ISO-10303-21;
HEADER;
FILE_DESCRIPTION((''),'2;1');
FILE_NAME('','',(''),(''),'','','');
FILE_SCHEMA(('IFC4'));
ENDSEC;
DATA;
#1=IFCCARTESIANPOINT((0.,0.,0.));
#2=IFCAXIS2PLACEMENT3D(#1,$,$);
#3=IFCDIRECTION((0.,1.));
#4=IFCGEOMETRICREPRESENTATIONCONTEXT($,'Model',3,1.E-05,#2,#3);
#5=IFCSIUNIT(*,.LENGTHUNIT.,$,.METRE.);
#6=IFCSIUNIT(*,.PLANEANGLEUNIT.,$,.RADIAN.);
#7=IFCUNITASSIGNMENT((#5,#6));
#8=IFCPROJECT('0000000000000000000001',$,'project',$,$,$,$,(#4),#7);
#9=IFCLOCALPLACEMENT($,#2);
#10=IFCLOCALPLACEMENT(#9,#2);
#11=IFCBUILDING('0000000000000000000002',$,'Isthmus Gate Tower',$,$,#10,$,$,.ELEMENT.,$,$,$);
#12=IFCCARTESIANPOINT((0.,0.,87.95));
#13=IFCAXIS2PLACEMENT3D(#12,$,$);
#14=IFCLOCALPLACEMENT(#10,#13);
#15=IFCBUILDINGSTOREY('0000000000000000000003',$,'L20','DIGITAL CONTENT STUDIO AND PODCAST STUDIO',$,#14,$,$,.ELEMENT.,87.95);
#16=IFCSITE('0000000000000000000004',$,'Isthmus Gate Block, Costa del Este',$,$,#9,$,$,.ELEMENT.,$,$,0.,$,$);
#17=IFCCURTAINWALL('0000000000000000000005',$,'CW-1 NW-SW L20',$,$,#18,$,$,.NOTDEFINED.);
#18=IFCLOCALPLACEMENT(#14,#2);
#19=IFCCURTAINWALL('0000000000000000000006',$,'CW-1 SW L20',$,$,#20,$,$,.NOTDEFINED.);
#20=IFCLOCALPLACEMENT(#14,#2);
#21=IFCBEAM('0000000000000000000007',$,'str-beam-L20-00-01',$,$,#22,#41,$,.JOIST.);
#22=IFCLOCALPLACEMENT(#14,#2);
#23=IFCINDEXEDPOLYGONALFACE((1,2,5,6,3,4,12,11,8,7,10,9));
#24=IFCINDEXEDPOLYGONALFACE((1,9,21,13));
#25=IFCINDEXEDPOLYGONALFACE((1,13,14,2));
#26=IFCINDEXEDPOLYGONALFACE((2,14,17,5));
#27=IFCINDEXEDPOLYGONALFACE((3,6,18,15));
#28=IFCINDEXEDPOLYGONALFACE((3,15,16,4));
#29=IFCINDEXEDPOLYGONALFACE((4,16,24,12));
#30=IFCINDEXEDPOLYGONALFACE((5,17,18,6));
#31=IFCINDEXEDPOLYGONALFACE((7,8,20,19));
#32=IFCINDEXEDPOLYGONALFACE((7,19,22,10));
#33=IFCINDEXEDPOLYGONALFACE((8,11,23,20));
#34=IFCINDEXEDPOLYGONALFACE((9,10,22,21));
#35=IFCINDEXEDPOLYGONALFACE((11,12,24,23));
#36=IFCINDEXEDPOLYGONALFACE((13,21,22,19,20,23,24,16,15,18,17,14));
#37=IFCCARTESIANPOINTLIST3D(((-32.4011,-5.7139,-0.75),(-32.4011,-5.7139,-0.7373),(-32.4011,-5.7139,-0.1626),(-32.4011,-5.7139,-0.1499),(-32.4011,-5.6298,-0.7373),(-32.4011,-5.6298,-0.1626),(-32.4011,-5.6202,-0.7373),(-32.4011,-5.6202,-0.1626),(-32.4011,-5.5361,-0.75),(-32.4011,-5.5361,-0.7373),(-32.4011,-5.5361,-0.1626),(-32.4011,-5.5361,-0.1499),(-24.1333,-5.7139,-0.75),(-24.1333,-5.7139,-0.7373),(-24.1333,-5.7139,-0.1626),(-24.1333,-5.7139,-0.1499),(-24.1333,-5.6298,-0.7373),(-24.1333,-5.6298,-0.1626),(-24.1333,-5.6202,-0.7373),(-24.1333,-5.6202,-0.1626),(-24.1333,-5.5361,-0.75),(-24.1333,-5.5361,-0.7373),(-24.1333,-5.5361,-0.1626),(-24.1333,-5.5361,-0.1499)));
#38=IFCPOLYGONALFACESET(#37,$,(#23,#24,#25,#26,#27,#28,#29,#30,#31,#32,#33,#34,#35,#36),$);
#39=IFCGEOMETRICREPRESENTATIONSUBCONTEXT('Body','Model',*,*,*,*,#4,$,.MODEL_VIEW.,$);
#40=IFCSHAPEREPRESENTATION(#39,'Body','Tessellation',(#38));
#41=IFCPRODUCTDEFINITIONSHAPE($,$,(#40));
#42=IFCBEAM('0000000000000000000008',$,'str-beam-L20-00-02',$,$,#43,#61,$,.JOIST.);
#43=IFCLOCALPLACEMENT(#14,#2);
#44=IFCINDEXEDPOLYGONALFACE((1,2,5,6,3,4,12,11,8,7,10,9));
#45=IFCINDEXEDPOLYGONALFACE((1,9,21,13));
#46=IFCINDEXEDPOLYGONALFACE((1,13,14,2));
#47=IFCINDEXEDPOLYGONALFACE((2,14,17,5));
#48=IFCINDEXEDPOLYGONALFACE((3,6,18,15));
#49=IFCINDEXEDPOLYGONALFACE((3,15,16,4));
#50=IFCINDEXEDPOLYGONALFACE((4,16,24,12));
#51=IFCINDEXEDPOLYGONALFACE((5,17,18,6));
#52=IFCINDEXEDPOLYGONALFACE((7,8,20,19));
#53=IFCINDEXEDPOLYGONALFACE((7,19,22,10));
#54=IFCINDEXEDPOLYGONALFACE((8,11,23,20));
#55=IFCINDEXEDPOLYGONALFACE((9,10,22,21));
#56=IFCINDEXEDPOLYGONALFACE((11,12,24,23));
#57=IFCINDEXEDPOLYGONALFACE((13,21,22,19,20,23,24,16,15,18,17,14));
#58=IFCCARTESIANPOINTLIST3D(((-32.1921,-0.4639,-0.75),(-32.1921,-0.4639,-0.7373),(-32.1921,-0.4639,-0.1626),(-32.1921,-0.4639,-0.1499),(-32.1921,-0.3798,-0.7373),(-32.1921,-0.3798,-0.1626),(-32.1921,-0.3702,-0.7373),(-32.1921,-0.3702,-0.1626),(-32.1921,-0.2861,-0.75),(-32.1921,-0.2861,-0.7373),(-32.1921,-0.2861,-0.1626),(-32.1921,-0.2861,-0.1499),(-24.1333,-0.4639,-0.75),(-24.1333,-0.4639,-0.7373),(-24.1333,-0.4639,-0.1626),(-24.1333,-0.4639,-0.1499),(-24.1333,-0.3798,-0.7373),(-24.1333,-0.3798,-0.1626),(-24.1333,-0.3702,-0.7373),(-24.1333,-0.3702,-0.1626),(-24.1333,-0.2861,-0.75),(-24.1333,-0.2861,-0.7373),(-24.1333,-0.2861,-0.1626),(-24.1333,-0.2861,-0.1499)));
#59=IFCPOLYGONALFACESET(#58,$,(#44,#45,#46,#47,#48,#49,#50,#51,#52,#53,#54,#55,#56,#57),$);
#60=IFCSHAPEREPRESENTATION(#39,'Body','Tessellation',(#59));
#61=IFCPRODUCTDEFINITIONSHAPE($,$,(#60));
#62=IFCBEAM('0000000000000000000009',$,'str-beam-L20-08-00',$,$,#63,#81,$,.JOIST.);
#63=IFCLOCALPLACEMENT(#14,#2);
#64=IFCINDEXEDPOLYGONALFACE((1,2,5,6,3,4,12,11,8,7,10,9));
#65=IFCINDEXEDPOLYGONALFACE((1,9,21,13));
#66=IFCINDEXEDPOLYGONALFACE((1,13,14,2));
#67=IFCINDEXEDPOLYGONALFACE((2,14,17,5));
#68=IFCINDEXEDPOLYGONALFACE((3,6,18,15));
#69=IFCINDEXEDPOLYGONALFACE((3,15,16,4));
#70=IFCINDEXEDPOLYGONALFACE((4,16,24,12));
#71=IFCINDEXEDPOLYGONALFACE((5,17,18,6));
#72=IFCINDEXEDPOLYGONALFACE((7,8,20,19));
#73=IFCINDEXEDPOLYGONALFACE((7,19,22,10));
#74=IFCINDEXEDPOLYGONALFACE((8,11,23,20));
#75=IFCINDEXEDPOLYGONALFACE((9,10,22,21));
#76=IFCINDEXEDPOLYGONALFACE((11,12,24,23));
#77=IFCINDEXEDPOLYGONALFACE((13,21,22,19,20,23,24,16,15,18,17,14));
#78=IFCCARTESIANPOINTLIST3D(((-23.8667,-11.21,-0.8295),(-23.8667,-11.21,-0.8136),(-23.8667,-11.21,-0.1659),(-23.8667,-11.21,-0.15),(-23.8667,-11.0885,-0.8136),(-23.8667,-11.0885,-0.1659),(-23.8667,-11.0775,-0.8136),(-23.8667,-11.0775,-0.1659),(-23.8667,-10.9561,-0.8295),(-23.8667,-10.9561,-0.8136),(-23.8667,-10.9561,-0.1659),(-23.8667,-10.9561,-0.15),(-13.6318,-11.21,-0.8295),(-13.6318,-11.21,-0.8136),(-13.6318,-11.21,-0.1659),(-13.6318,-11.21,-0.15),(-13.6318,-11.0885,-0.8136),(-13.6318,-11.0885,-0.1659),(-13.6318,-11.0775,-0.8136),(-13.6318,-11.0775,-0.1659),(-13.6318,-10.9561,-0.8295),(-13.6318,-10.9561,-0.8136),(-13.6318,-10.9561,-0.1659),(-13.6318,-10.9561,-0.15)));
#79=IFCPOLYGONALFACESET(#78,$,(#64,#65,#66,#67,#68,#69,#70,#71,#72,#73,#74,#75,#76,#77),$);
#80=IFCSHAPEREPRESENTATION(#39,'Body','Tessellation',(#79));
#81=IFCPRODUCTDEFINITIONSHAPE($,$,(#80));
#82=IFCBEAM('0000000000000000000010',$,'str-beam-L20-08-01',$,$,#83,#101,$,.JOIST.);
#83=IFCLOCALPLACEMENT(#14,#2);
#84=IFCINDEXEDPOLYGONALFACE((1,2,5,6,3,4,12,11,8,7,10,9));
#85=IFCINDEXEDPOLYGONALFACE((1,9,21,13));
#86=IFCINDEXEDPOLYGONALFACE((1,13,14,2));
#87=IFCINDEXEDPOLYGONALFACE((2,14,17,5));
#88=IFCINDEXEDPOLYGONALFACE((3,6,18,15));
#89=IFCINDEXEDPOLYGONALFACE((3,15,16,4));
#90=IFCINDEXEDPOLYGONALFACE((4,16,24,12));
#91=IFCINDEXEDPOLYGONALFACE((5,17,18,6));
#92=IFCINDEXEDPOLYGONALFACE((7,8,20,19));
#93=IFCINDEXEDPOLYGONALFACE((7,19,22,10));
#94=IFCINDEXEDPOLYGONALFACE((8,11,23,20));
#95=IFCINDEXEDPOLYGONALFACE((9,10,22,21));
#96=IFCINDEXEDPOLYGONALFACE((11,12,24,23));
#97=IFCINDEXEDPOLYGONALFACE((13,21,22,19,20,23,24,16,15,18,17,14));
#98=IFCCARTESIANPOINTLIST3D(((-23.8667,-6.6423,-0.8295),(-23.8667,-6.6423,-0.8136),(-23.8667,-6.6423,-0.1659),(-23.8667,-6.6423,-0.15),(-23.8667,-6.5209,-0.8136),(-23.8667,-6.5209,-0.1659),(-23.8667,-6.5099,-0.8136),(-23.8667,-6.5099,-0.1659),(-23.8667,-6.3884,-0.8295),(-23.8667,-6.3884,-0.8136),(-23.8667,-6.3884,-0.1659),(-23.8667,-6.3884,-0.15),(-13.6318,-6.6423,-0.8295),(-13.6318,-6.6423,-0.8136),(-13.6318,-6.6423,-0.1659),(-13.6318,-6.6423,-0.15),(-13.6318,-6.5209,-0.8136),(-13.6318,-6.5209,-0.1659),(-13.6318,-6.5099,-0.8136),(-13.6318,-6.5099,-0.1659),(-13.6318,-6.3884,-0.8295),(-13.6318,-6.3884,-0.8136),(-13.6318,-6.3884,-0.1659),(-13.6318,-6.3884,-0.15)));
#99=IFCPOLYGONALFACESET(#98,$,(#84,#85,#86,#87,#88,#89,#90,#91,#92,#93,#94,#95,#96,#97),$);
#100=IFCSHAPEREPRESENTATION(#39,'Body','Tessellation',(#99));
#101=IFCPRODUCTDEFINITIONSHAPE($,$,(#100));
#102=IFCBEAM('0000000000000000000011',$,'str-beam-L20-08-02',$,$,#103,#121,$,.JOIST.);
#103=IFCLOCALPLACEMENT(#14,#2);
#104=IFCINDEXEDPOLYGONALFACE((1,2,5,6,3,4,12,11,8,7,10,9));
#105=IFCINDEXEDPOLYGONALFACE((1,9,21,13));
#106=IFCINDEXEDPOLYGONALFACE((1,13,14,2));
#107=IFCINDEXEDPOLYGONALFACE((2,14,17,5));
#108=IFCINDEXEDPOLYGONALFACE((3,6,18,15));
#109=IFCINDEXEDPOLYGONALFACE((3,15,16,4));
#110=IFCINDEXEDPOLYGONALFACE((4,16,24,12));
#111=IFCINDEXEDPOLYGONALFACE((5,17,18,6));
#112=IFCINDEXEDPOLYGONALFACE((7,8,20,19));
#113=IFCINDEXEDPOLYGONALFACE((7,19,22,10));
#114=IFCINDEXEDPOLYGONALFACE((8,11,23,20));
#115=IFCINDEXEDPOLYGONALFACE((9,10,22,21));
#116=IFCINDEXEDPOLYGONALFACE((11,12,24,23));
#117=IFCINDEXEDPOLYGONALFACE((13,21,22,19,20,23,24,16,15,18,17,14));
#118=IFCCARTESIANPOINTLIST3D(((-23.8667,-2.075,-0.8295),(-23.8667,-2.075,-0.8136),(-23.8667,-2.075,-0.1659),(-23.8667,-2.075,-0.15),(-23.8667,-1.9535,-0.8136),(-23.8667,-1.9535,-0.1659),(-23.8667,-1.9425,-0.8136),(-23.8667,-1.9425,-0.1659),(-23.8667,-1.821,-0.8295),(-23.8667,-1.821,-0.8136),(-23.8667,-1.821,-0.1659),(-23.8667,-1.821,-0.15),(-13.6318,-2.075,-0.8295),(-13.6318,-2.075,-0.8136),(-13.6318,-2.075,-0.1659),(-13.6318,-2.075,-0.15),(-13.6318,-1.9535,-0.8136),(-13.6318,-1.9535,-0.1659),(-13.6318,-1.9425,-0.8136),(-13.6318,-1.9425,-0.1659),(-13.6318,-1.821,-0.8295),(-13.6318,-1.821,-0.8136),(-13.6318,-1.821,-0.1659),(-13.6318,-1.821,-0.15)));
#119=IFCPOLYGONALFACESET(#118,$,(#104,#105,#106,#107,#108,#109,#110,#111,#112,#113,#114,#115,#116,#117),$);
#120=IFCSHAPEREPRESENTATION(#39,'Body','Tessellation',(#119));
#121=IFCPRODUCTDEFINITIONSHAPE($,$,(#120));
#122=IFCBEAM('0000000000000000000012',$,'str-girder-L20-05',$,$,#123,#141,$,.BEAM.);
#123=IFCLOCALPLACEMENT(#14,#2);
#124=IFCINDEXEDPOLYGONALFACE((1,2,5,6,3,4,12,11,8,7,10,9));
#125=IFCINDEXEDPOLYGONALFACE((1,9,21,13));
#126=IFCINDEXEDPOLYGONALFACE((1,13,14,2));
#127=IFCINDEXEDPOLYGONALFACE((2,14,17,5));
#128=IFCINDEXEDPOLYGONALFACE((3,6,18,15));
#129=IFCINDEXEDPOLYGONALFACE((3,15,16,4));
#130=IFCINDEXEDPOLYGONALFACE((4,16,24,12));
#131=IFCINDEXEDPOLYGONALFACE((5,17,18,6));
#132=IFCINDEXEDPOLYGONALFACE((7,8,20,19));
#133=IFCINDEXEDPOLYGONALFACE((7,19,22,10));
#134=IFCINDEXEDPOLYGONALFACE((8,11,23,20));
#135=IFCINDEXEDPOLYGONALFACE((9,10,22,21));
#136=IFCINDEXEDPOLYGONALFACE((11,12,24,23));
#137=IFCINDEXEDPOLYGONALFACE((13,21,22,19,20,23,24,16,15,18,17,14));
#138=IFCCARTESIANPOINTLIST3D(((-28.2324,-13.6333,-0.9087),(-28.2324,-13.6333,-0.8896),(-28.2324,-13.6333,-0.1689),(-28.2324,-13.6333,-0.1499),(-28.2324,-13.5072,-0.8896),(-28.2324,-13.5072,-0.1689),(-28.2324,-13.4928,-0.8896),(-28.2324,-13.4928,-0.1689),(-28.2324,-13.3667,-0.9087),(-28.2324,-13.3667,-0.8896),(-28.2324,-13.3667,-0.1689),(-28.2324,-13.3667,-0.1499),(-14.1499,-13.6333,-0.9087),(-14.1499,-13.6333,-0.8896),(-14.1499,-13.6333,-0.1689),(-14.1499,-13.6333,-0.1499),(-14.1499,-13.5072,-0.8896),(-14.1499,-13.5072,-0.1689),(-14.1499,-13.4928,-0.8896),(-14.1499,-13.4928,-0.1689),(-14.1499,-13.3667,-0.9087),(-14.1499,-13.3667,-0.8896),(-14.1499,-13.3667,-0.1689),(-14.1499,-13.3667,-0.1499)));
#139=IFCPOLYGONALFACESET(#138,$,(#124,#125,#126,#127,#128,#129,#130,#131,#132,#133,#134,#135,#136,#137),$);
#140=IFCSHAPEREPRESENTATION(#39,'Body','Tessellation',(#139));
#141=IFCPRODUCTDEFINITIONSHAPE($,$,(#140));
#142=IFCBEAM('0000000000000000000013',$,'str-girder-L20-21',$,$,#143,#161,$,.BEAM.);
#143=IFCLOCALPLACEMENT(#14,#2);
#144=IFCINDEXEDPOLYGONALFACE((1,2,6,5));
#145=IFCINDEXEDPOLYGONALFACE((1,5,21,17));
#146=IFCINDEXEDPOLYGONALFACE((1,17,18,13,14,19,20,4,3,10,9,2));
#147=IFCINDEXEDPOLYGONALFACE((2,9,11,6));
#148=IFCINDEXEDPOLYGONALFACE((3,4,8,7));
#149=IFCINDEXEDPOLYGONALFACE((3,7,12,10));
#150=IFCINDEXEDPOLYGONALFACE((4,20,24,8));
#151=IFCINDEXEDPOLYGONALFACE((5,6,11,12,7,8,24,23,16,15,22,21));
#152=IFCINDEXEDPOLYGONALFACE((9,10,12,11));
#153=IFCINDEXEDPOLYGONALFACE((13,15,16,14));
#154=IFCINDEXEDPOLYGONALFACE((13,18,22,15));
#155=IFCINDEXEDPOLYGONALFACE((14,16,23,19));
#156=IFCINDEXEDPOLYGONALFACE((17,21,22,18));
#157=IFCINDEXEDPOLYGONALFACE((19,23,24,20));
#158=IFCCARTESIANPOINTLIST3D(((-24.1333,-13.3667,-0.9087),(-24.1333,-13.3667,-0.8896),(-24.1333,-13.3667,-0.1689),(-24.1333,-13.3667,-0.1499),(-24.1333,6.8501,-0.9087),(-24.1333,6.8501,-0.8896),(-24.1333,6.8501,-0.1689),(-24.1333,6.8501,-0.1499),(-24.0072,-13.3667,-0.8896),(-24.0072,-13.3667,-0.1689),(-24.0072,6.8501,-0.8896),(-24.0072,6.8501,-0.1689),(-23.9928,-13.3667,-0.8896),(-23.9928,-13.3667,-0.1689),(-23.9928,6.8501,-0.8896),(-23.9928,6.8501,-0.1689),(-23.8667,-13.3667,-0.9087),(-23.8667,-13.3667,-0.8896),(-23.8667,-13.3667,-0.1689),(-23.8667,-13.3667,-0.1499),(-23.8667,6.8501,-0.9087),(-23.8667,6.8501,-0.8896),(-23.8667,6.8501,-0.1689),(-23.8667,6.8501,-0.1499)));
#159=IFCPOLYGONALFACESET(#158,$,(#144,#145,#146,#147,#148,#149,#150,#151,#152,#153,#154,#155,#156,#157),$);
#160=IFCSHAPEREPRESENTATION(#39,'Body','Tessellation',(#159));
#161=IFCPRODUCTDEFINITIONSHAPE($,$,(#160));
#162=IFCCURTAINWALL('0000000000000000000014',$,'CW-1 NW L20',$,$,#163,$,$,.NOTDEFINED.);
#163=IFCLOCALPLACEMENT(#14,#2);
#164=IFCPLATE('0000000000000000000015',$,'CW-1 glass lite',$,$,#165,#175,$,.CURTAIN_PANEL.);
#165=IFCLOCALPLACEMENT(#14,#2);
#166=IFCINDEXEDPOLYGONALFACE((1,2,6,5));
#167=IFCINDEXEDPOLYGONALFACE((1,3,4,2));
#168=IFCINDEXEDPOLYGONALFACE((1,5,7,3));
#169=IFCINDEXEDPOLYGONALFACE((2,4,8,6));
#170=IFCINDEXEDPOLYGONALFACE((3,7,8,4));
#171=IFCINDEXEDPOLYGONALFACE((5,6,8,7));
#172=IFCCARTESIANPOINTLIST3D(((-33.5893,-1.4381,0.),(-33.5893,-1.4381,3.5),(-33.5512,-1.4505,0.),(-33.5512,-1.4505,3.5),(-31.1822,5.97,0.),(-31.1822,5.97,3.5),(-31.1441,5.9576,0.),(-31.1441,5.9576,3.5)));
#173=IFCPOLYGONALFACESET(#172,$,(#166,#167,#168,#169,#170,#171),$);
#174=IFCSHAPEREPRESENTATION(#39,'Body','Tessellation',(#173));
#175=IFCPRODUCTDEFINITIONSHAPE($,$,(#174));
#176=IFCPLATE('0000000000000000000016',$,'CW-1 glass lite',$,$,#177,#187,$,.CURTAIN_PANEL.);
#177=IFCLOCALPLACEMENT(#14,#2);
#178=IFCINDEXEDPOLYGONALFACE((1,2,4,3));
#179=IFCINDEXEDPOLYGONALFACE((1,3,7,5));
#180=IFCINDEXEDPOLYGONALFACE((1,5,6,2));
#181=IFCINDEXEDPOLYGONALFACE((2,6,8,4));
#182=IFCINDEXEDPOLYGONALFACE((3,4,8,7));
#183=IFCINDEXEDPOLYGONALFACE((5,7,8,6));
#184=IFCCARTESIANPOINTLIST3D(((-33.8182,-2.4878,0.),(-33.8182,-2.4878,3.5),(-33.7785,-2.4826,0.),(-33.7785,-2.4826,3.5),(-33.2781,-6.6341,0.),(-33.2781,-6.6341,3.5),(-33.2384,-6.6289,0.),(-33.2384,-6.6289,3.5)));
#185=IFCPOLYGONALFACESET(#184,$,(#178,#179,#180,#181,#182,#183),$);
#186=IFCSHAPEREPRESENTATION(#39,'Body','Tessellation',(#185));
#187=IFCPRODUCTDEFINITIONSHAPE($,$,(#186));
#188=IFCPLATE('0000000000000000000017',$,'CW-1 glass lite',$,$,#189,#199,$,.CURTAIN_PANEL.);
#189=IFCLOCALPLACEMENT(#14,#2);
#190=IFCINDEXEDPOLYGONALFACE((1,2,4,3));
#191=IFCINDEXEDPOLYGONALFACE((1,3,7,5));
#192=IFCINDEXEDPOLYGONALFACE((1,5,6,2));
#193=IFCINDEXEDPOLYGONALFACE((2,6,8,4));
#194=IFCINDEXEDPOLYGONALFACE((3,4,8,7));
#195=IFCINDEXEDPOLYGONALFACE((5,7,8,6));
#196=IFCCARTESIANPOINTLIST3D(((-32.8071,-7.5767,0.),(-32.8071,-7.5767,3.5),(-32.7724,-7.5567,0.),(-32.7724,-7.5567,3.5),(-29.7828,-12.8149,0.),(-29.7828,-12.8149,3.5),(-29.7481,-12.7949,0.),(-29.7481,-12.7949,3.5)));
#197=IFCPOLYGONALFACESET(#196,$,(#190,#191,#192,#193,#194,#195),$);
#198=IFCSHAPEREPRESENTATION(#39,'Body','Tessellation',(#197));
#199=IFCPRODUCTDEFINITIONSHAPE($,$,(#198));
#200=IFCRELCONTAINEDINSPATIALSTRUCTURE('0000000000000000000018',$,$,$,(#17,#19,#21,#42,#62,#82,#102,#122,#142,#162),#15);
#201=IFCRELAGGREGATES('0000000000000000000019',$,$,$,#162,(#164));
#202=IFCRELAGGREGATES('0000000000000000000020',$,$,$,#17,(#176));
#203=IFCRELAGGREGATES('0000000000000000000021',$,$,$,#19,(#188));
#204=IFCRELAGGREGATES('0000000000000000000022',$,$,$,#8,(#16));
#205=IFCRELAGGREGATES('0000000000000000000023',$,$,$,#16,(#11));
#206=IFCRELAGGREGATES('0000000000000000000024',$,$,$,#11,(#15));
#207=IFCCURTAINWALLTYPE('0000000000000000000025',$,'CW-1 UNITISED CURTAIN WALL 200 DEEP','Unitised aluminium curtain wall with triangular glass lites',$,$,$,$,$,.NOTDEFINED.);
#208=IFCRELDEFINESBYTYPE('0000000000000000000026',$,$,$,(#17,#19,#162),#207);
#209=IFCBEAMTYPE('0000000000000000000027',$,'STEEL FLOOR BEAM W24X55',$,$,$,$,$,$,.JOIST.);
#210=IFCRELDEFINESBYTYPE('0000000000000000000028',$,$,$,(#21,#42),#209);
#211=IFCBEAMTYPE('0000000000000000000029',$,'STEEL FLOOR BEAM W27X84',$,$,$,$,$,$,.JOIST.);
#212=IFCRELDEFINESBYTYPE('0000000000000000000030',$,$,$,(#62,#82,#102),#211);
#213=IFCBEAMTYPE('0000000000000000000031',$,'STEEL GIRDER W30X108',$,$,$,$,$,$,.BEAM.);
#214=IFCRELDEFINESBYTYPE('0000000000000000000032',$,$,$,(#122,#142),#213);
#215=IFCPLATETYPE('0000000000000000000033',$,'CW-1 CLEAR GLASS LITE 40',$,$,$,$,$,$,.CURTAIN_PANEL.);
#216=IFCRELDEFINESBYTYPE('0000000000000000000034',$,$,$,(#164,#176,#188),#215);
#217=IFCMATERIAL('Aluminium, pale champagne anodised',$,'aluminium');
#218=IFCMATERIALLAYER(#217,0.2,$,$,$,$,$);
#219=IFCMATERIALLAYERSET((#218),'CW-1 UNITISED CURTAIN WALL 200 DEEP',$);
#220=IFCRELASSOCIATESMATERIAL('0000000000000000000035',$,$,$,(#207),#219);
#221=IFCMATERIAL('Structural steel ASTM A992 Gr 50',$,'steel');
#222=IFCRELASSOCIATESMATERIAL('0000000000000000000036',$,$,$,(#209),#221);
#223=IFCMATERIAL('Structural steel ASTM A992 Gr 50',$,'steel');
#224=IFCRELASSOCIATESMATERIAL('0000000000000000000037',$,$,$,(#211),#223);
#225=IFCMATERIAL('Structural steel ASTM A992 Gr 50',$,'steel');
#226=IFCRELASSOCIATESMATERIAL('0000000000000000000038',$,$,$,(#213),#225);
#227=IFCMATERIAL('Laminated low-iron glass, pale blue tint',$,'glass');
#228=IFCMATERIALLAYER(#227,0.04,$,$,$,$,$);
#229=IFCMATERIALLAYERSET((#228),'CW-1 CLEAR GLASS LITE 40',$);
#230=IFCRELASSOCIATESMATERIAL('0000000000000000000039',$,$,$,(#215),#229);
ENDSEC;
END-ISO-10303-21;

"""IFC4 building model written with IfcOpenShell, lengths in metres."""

from ifc_helpers import new_model, si_unit, direction, frame, origin, origin_2d, place, context, subcontext, project, spatial, rectangle, i_section, extrude, material, layer, layer_set, material_profile, profile_set, type_object, element, aggregate, save


model = new_model("IFC4")

# Units and contexts
model_context = context("Model", 3, precision=1e-05, world=origin(), true_north=direction((0.0, 1.0)))
body_context = subcontext(model_context, "Body", "Model", "MODEL_VIEW")
ifc_project = project(units=[si_unit("LENGTHUNIT", "METRE"), si_unit("PLANEANGLEUNIT", "RADIAN")], contexts=[model_context])

# Site, building, storey
site_placement = place(None, origin())
site = spatial("IfcSite", under=ifc_project, at=site_placement, Name="Isthmus Gate Block, Costa del Este", CompositionType="ELEMENT", RefElevation=0.0)
building_placement = place(site_placement, origin())
building = spatial("IfcBuilding", under=site, at=building_placement, Name="Isthmus Gate Tower", CompositionType="ELEMENT")
storey_placement = place(building_placement, frame((0.0, 0.0, 87.95)))
storey = spatial("IfcBuildingStorey", under=building, at=storey_placement, Name="L20", Description="DIGITAL CONTENT STUDIO AND PODCAST STUDIO", CompositionType="ELEMENT", Elevation=87.95)

# Curtain walls
ifc_material_1 = material(Name="Aluminium, pale champagne anodised", Category="aluminium")
ifc_layer_1 = layer(ifc_material_1, 0.2)
ifc_layer_set_1 = layer_set([ifc_layer_1], Name="CW-1 UNITISED CURTAIN WALL 200 DEEP")
curtain_wall_type = type_object("IfcCurtainWallType", Name="CW-1 UNITISED CURTAIN WALL 200 DEEP", Description="Unitised aluminium curtain wall with triangular glass lites", PredefinedType="NOTDEFINED", material=ifc_layer_set_1)
curtain_wall_1_placement = place(storey_placement, origin())
curtain_wall_1 = element("IfcCurtainWall", 1, at=curtain_wall_1_placement, inside=storey, type_object=curtain_wall_type, Name="CW-1 NW-SW L20", PredefinedType="NOTDEFINED")
curtain_wall_2_placement = place(storey_placement, origin())
curtain_wall_2 = element("IfcCurtainWall", 2, at=curtain_wall_2_placement, inside=storey, type_object=curtain_wall_type, Name="CW-1 SW L20", PredefinedType="NOTDEFINED")

# Beams
ifc_material_2 = material(Name="Structural steel ASTM A992 Gr 50", Category="steel")
ifc_material_profile_1 = material_profile(ifc_material_2, i_section(OverallWidth=0.1777, OverallDepth=0.6001, WebThickness=0.0095, FlangeThickness=0.0127, at=origin_2d()), Name="W24X55")
ifc_profile_set_1 = profile_set([ifc_material_profile_1], Name="Structural steel ASTM A992 Gr 50")
beam_type_1 = type_object("IfcBeamType", Name="STEEL FLOOR BEAM W24X55", PredefinedType="JOIST", material=ifc_profile_set_1)
beam_1_placement = place(storey_placement, frame((-32.4011, -5.625, -0.45), z_axis=(1.0, 0.0, 0.0), x_axis=(0.0, 1.0, 0.0)))
element("IfcBeam", 3, at=beam_1_placement, inside=storey, type_object=beam_type_1, Name="str-beam-L20-00-01", PredefinedType="JOIST", context=body_context, shape_type="SweptSolid", body=[
    extrude(i_section(OverallWidth=0.1777, OverallDepth=0.6001, WebThickness=0.0095, FlangeThickness=0.0127, at=origin_2d()), origin(), (0.0, 0.0, 1.0), 8.2678),
])
beam_2_placement = place(storey_placement, frame((-32.1921, -0.375, -0.45), z_axis=(1.0, 0.0, 0.0), x_axis=(0.0, 1.0, 0.0)))
element("IfcBeam", 4, at=beam_2_placement, inside=storey, type_object=beam_type_1, Name="str-beam-L20-00-02", PredefinedType="JOIST", context=body_context, shape_type="SweptSolid", body=[
    extrude(i_section(OverallWidth=0.1777, OverallDepth=0.6001, WebThickness=0.0095, FlangeThickness=0.0127, at=origin_2d()), origin(), (0.0, 0.0, 1.0), 8.0588),
])
ifc_material_3 = material(Name="Structural steel ASTM A992 Gr 50", Category="steel")
ifc_material_profile_2 = material_profile(ifc_material_3, i_section(OverallWidth=0.2539, OverallDepth=0.6794, WebThickness=0.011, FlangeThickness=0.0159, at=origin_2d()), Name="W27X84")
ifc_profile_set_2 = profile_set([ifc_material_profile_2], Name="Structural steel ASTM A992 Gr 50")
beam_type_2 = type_object("IfcBeamType", Name="STEEL FLOOR BEAM W27X84", PredefinedType="JOIST", material=ifc_profile_set_2)
for number, where, z_axis, x_axis, name in (
    (5, (-23.8667, -11.083, -0.4897), (1.0, 0.0, 0.0), (0.0, 1.0, 0.0), "str-beam-L20-08-00"),
    (6, (-23.8667, -6.5154, -0.4897), (1.0, 0.0, 0.0), (0.0, 1.0, 0.0), "str-beam-L20-08-01"),
    (7, (-23.8667, -1.948, -0.4897), (1.0, 0.0, 0.0), (0.0, 1.0, 0.0), "str-beam-L20-08-02"),
):
    element("IfcBeam", number, at=place(storey_placement, frame(where, z_axis=z_axis, x_axis=x_axis)), inside=storey, type_object=beam_type_2, Name=name, PredefinedType="JOIST", context=body_context, shape_type="SweptSolid", body=[
        extrude(i_section(OverallWidth=0.2539, OverallDepth=0.6794, WebThickness=0.011, FlangeThickness=0.0159, at=origin_2d()), origin(), (0.0, 0.0, 1.0), 10.2349),
    ])
ifc_material_4 = material(Name="Structural steel ASTM A992 Gr 50", Category="steel")
ifc_material_profile_3 = material_profile(ifc_material_4, i_section(OverallWidth=0.2666, OverallDepth=0.7588, WebThickness=0.0144, FlangeThickness=0.019, at=origin_2d()), Name="W30X108")
ifc_profile_set_3 = profile_set([ifc_material_profile_3], Name="Structural steel ASTM A992 Gr 50")
beam_type_3 = type_object("IfcBeamType", Name="STEEL GIRDER W30X108", PredefinedType="BEAM", material=ifc_profile_set_3)
beam_3_placement = place(storey_placement, frame((-28.2324, -13.5, -0.5293), z_axis=(1.0, 0.0, 0.0), x_axis=(0.0, 1.0, 0.0)))
element("IfcBeam", 8, at=beam_3_placement, inside=storey, type_object=beam_type_3, Name="str-girder-L20-05", PredefinedType="BEAM", context=body_context, shape_type="SweptSolid", body=[
    extrude(i_section(OverallWidth=0.2666, OverallDepth=0.7588, WebThickness=0.0144, FlangeThickness=0.019, at=origin_2d()), origin(), (0.0, 0.0, 1.0), 14.0825),
])
beam_4_placement = place(storey_placement, frame((-24.0, -13.3667, -0.5293), z_axis=(0.0, 1.0, 0.0), x_axis=(-1.0, 0.0, 0.0)))
element("IfcBeam", 9, at=beam_4_placement, inside=storey, type_object=beam_type_3, Name="str-girder-L20-21", PredefinedType="BEAM", context=body_context, shape_type="SweptSolid", body=[
    extrude(i_section(OverallWidth=0.2666, OverallDepth=0.7588, WebThickness=0.0144, FlangeThickness=0.019, at=origin_2d()), origin(), (0.0, 0.0, 1.0), 20.2168),
])

# Curtain wall, plate
curtain_wall_3_placement = place(storey_placement, origin())
curtain_wall_3 = element("IfcCurtainWall", 10, at=curtain_wall_3_placement, inside=storey, type_object=curtain_wall_type, Name="CW-1 NW L20", PredefinedType="NOTDEFINED")
ifc_material_5 = material(Name="Laminated low-iron glass, pale blue tint", Category="glass")
ifc_layer_2 = layer(ifc_material_5, 0.04)
ifc_layer_set_2 = layer_set([ifc_layer_2], Name="CW-1 CLEAR GLASS LITE 40")
plate_type = type_object("IfcPlateType", Name="CW-1 CLEAR GLASS LITE 40", PredefinedType="CURTAIN_PANEL", material=ifc_layer_set_2)
plate_1_placement = place(storey_placement, frame((-32.3667, 2.2598, 0.0), z_axis=(0.0, 0.0, 1.0), x_axis=(-0.309017, -0.951057, 0.0)))
plate_1 = element("IfcPlate", 11, at=plate_1_placement, type_object=plate_type, Name="CW-1 glass lite", PredefinedType="CURTAIN_PANEL", context=body_context, shape_type="SweptSolid", body=[
    extrude(rectangle(XDim=7.7893, YDim=0.04, at=origin_2d()), origin(), (0.0, 0.0, 1.0), 3.5),
])
aggregate(curtain_wall_3, [plate_1])

# Plates
plate_2_placement = place(storey_placement, frame((-33.5283, -4.5583, 0.0), z_axis=(0.0, 0.0, 1.0), x_axis=(0.129165, -0.991623, 0.0)))
plate_2 = element("IfcPlate", 12, at=plate_2_placement, type_object=plate_type, Name="CW-1 glass lite", PredefinedType="CURTAIN_PANEL", context=body_context, shape_type="SweptSolid", body=[
    extrude(rectangle(XDim=4.1814, YDim=0.04, at=origin_2d()), origin(), (0.0, 0.0, 1.0), 3.5),
])
aggregate(curtain_wall_1, [plate_2])
plate_3_placement = place(storey_placement, frame((-31.2776, -10.1858, 0.0), z_axis=(0.0, 0.0, 1.0), x_axis=(0.5, -0.866025, 0.0)))
plate_3 = element("IfcPlate", 13, at=plate_3_placement, type_object=plate_type, Name="CW-1 glass lite", PredefinedType="CURTAIN_PANEL", context=body_context, shape_type="SweptSolid", body=[
    extrude(rectangle(XDim=6.0486, YDim=0.04, at=origin_2d()), origin(), (0.0, 0.0, 1.0), 3.5),
])
aggregate(curtain_wall_2, [plate_3])

save(model, "model.ifc")
